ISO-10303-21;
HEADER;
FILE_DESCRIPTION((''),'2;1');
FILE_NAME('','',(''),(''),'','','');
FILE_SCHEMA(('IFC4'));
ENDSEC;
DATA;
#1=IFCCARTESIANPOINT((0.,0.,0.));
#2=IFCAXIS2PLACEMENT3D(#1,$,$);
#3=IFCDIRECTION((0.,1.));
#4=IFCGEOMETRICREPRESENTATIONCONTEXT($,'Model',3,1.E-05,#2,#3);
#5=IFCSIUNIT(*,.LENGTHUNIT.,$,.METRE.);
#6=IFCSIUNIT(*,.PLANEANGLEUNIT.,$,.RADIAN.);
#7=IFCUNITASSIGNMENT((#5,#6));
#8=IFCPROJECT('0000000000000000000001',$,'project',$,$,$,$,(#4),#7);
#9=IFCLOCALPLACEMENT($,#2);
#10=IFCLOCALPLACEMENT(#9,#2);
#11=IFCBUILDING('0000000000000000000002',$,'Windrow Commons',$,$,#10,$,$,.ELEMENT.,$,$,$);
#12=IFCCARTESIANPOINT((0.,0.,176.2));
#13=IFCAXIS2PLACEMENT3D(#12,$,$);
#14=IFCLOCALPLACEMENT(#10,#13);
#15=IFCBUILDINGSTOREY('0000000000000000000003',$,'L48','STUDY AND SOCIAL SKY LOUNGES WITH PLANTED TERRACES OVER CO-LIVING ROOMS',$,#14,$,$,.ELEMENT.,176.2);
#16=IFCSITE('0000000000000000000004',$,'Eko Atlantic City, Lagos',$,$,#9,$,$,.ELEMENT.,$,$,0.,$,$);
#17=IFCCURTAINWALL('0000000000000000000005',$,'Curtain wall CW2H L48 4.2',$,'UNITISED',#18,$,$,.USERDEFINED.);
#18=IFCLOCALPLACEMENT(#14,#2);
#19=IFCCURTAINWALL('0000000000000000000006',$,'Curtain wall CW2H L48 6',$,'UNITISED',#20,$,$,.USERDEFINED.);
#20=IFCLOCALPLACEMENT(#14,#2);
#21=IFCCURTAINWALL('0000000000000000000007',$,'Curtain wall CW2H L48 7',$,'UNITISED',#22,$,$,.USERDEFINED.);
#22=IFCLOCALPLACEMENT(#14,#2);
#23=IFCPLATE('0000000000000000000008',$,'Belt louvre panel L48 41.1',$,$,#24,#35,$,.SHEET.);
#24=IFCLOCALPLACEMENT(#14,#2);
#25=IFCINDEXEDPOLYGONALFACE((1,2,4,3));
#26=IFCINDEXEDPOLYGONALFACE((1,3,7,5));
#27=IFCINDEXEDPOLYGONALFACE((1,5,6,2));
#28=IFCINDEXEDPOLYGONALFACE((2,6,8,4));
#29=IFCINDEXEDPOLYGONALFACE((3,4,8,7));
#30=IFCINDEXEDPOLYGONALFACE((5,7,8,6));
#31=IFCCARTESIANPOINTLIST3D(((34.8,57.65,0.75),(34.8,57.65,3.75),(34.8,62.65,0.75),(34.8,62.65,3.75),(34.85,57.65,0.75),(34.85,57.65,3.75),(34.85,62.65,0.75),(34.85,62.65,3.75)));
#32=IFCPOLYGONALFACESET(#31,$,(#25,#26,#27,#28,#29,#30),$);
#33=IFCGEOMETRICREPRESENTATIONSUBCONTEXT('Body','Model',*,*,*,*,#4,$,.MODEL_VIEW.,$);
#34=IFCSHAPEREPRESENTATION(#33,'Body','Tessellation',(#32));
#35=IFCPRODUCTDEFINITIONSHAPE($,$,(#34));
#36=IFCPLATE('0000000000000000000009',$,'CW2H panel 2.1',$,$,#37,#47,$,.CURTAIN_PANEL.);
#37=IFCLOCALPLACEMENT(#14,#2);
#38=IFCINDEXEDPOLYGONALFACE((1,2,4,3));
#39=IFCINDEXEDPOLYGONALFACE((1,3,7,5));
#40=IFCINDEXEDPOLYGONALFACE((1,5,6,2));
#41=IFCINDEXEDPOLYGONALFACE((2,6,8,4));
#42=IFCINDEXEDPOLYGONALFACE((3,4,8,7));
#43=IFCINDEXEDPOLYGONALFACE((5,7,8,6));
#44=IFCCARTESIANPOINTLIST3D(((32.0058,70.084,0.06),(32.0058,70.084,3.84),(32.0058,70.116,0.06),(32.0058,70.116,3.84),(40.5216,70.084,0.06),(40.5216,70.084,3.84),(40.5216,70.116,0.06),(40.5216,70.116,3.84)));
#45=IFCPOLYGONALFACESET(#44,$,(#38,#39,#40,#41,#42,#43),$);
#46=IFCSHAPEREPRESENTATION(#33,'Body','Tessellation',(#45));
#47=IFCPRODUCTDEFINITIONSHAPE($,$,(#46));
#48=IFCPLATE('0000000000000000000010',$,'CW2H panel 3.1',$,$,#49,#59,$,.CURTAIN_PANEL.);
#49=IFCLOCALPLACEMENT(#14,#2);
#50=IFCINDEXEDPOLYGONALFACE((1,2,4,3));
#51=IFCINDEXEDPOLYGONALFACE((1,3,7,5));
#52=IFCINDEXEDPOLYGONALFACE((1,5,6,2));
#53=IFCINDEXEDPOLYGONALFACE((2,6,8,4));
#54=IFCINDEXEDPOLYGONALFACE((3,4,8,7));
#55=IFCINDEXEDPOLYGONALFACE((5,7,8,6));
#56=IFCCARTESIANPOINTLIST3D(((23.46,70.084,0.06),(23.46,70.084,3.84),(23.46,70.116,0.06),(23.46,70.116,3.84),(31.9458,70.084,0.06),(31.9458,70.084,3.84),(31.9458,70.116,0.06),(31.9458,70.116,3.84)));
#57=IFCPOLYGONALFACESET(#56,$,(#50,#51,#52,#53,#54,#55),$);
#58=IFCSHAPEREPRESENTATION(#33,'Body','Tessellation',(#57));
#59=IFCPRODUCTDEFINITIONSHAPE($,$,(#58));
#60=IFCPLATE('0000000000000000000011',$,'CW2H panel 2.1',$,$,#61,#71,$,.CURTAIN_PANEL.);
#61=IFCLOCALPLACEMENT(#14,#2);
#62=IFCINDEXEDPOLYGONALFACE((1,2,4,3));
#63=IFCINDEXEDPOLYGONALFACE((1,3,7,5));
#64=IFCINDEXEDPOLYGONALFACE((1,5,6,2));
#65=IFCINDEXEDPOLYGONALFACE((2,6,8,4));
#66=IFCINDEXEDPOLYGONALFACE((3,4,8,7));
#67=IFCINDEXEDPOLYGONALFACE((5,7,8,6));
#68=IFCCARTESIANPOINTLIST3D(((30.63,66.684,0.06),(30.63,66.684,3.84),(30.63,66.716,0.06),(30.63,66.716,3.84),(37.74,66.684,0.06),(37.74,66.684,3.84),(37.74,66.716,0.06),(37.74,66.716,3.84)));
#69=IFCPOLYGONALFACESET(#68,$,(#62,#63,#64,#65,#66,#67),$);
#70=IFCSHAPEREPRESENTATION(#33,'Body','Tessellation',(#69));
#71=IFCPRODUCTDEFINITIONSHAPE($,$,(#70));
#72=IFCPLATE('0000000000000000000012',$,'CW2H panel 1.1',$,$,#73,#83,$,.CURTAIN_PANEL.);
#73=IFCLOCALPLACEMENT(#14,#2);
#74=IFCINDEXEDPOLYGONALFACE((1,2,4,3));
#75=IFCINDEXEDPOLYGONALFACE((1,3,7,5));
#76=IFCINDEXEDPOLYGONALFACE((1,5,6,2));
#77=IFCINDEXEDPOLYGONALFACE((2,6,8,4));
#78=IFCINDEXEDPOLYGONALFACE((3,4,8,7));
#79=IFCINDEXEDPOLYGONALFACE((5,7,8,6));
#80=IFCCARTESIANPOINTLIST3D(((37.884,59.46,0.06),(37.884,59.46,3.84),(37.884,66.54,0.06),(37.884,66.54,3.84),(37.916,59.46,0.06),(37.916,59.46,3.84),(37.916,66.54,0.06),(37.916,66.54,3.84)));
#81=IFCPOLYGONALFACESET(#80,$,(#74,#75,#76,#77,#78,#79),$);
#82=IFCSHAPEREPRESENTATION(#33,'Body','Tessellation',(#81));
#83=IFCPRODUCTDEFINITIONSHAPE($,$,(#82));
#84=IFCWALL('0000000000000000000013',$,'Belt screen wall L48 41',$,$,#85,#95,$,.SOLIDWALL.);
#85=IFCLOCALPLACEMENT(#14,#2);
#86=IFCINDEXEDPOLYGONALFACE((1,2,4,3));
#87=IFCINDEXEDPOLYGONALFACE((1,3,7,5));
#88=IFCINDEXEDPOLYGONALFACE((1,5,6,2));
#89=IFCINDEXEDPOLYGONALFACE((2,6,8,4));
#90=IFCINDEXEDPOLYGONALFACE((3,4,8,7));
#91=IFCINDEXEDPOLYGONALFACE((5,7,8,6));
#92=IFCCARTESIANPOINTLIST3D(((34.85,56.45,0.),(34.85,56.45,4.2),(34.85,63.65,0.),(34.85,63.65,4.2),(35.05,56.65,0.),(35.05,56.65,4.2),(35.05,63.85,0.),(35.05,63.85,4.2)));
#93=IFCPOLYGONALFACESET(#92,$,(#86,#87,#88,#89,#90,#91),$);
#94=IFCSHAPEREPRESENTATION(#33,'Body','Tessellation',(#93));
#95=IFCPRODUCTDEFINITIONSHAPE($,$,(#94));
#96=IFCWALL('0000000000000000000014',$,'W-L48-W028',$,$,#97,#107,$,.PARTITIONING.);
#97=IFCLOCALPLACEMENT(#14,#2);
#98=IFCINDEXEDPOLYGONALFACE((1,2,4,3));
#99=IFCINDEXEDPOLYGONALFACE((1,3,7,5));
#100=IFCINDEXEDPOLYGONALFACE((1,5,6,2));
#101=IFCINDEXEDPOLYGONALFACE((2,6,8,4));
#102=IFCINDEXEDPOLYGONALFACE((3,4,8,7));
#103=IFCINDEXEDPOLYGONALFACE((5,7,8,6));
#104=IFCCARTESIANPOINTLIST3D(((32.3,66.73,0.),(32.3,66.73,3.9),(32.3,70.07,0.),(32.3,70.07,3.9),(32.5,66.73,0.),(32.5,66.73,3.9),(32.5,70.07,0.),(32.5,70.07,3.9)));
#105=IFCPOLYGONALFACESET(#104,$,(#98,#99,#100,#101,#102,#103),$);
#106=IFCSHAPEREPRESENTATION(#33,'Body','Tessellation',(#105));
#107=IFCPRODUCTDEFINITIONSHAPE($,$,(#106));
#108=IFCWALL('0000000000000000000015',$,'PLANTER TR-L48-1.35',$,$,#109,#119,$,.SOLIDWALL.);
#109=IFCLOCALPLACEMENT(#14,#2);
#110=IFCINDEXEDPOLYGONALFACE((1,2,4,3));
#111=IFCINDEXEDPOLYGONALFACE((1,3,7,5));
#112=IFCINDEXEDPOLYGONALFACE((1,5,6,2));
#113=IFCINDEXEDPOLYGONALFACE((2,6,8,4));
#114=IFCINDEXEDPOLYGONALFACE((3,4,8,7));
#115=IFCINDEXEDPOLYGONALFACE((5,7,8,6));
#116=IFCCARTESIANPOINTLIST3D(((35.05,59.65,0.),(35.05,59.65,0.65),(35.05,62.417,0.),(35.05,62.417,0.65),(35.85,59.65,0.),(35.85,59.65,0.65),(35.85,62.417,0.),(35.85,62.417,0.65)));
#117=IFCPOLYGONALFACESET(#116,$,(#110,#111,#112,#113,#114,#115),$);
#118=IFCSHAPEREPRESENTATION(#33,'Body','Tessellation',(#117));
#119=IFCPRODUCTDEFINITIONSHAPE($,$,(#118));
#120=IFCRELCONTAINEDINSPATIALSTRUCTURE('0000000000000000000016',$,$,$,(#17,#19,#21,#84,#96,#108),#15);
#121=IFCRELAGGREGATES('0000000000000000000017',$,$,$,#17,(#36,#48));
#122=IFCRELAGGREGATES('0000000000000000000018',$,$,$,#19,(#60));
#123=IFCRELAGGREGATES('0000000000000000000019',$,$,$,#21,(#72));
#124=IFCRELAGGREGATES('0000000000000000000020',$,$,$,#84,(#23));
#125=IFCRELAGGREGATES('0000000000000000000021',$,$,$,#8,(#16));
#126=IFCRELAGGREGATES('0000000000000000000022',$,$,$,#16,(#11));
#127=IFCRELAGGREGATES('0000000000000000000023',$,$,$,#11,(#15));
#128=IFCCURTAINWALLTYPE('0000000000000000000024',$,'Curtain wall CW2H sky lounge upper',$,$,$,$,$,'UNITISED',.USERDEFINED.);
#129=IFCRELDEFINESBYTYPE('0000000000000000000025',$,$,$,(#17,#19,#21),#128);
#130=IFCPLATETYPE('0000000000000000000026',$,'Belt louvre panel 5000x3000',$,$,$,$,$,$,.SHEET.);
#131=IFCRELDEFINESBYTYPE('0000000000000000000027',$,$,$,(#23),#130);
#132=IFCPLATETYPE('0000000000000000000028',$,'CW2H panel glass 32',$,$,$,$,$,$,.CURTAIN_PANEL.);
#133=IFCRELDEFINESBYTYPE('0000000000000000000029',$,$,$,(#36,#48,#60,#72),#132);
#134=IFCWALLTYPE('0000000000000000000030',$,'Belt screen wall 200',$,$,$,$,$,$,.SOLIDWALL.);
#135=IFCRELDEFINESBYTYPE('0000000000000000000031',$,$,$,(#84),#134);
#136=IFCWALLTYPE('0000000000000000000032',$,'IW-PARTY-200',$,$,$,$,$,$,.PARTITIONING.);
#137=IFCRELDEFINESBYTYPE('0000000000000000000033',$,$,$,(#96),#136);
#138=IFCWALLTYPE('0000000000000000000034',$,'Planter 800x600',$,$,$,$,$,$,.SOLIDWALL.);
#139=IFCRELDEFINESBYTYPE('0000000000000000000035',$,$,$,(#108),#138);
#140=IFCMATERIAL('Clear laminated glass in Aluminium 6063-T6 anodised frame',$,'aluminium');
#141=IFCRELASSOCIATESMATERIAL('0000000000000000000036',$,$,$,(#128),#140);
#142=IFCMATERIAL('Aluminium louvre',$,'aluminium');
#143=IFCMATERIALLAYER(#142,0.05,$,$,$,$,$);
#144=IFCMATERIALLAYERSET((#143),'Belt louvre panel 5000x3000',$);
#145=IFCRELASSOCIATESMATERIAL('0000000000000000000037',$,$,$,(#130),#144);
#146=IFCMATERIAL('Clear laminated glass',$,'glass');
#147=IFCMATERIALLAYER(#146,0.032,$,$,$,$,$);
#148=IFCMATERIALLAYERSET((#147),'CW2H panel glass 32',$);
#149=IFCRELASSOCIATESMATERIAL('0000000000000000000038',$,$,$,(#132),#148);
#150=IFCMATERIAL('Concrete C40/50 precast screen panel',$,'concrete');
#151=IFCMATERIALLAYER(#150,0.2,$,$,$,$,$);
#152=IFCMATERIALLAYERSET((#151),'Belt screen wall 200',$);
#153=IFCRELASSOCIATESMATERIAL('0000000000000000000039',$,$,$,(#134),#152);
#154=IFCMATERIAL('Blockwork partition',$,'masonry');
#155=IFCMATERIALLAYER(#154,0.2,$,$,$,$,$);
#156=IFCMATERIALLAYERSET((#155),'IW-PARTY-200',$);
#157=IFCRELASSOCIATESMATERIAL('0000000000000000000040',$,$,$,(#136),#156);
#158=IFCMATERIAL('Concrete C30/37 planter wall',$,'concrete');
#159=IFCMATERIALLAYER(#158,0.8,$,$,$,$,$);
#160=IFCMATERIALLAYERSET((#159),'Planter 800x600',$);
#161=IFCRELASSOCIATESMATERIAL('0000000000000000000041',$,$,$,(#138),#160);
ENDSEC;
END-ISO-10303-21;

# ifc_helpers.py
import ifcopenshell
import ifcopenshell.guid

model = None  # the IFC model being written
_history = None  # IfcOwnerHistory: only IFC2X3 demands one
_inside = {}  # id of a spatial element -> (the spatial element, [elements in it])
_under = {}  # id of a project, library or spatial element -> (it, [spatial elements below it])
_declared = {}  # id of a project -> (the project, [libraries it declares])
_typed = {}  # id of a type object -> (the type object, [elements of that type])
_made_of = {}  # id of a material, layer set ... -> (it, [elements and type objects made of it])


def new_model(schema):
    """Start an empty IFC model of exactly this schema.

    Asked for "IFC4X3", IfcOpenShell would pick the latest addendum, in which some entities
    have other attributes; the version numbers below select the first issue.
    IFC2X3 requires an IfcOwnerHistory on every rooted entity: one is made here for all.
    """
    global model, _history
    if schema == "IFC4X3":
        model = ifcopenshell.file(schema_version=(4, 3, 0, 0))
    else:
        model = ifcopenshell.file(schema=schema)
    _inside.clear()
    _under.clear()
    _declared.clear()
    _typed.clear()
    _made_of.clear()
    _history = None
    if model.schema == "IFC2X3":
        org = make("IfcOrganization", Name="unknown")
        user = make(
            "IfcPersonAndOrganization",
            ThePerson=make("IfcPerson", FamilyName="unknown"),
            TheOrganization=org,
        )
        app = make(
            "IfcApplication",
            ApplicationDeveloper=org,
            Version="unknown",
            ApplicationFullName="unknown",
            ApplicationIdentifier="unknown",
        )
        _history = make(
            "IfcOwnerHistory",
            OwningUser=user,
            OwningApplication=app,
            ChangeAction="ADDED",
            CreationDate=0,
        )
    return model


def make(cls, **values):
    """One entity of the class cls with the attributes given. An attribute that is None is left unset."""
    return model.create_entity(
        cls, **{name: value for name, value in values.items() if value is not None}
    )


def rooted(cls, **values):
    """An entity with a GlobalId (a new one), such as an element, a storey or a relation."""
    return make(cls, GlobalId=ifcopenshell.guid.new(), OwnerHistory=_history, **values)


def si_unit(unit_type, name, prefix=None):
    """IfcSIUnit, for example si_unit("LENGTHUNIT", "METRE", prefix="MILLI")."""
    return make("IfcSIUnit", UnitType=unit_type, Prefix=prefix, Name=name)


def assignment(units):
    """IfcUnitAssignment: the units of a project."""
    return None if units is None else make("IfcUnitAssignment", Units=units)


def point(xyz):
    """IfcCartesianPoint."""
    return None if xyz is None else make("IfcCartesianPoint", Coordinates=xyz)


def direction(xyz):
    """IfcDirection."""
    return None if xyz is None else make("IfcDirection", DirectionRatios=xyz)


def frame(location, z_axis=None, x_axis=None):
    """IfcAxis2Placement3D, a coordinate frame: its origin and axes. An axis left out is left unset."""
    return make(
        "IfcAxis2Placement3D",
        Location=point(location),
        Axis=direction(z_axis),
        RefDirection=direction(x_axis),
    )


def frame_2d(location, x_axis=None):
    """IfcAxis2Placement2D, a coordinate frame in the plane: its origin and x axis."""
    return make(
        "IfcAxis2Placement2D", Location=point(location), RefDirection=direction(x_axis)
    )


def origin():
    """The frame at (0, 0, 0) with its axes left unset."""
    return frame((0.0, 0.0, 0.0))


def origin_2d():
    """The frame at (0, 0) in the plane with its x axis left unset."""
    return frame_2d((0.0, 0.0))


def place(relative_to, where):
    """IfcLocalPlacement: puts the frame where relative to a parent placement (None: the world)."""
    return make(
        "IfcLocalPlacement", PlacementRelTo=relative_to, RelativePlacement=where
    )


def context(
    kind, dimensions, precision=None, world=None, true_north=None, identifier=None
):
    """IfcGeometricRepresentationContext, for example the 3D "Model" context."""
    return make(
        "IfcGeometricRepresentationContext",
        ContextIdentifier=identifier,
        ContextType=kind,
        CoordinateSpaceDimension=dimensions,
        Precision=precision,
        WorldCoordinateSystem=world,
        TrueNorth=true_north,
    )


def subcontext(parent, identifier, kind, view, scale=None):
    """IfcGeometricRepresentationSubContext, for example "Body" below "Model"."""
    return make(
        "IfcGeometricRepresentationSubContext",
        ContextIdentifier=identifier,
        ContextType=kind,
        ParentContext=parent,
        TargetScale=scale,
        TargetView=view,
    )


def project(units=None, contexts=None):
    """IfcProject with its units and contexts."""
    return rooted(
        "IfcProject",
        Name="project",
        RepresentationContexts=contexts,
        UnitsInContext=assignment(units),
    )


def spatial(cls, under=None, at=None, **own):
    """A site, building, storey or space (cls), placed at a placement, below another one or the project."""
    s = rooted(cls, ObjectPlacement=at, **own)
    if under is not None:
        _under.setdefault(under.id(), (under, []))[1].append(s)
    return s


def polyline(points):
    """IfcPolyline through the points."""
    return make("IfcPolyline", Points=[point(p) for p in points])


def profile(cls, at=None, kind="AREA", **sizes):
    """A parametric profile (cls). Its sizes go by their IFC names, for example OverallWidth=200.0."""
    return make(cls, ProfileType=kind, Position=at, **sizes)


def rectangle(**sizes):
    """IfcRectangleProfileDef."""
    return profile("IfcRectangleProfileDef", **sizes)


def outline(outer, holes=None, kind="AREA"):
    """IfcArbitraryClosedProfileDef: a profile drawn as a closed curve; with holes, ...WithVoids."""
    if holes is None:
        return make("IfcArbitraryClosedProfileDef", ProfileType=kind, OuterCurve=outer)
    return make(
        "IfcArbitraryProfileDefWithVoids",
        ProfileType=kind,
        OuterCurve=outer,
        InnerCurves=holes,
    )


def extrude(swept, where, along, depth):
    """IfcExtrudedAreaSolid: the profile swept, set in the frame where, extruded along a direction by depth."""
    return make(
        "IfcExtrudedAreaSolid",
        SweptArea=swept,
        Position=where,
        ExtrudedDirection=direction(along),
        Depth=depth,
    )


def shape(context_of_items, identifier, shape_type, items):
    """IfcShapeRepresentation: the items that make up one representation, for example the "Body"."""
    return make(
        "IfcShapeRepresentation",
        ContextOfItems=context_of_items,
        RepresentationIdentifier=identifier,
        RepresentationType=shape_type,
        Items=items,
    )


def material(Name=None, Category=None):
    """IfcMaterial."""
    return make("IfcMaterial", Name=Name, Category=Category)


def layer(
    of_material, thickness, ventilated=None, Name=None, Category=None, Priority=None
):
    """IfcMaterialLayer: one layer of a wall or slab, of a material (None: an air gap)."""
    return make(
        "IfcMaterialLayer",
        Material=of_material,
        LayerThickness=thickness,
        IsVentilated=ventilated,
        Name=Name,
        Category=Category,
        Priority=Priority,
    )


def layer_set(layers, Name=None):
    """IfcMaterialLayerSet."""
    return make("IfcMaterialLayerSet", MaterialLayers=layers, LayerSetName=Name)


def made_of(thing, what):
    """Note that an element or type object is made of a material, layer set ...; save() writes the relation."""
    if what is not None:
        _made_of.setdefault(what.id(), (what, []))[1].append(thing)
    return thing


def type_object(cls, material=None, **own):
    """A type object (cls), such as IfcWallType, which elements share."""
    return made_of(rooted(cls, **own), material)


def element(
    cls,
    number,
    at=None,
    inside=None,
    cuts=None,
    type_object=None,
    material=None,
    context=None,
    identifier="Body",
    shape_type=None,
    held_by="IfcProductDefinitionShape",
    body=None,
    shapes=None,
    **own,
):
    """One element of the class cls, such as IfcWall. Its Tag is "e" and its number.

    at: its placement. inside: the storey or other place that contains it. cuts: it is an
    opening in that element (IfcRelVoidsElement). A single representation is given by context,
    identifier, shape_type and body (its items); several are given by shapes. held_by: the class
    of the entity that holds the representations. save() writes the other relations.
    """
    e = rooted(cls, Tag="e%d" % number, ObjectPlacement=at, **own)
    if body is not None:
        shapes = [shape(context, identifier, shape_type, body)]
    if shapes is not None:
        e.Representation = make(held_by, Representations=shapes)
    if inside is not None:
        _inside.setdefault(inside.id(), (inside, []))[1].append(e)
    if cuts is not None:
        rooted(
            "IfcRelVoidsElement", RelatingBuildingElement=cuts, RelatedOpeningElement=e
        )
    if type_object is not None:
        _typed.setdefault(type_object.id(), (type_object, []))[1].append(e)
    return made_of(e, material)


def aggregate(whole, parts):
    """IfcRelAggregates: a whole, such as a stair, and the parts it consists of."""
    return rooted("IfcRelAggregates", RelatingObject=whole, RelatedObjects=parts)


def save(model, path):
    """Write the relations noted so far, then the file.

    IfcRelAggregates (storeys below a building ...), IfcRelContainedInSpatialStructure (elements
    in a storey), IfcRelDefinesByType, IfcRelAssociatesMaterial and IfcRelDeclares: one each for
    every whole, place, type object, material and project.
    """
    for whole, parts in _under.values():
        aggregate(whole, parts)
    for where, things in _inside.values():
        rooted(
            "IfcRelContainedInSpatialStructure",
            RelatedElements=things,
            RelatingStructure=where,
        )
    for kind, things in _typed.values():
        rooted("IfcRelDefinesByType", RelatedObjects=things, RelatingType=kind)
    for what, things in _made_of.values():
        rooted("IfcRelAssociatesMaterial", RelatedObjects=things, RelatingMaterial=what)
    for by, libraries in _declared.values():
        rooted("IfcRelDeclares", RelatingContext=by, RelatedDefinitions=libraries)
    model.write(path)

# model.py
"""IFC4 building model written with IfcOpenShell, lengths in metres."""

from ifc_helpers import new_model, si_unit, direction, frame, frame_2d, origin, origin_2d, place, context, subcontext, project, spatial, polyline, rectangle, outline, extrude, material, layer, layer_set, type_object, element, aggregate, save


model = new_model("IFC4")

# Units and contexts
model_context = context("Model", 3, precision=1e-05, world=origin(), true_north=direction((0.0, 1.0)))
body_context = subcontext(model_context, "Body", "Model", "MODEL_VIEW")
ifc_project = project(units=[si_unit("LENGTHUNIT", "METRE"), si_unit("PLANEANGLEUNIT", "RADIAN")], contexts=[model_context])

# Site, building, storey
site_placement = place(None, origin())
site = spatial("IfcSite", under=ifc_project, at=site_placement, Name="Eko Atlantic City, Lagos", CompositionType="ELEMENT", RefElevation=0.0)
building_placement = place(site_placement, origin())
building = spatial("IfcBuilding", under=site, at=building_placement, Name="Windrow Commons", CompositionType="ELEMENT")
storey_placement = place(building_placement, frame((0.0, 0.0, 176.2)))
storey = spatial("IfcBuildingStorey", under=building, at=storey_placement, Name="L48", Description="STUDY AND SOCIAL SKY LOUNGES WITH PLANTED TERRACES OVER CO-LIVING ROOMS", CompositionType="ELEMENT", Elevation=176.2)

# Curtain wall
ifc_material_1 = material(Name="Clear laminated glass in Aluminium 6063-T6 anodised frame", Category="aluminium")
curtain_wall_type = type_object("IfcCurtainWallType", Name="Curtain wall CW2H sky lounge upper", ElementType="UNITISED", PredefinedType="USERDEFINED", material=ifc_material_1)
placement = place(storey_placement, origin())
curtain_wall_1 = element("IfcCurtainWall", 1, at=placement, inside=storey, type_object=curtain_wall_type, Name="Curtain wall CW2H L48 4.2", ObjectType="UNITISED", PredefinedType="USERDEFINED")

# Curtain wall
curtain_wall_2 = element("IfcCurtainWall", 2, at=placement, inside=storey, type_object=curtain_wall_type, Name="Curtain wall CW2H L48 6", ObjectType="UNITISED", PredefinedType="USERDEFINED")

# Curtain wall
curtain_wall_3 = element("IfcCurtainWall", 3, at=placement, inside=storey, type_object=curtain_wall_type, Name="Curtain wall CW2H L48 7", ObjectType="UNITISED", PredefinedType="USERDEFINED")

# Plates
ifc_material_2 = material(Name="Aluminium louvre", Category="aluminium")
ifc_layer_1 = layer(ifc_material_2, 0.05)
ifc_layer_set_1 = layer_set([ifc_layer_1], Name="Belt louvre panel 5000x3000")
plate_type_1 = type_object("IfcPlateType", Name="Belt louvre panel 5000x3000", PredefinedType="SHEET", material=ifc_layer_set_1)
plate_1_placement = place(storey_placement, frame((34.8, 62.65, 0.75), z_axis=(-1.0, 0.0, 0.0), x_axis=(0.0, -1.0, 0.0)))
plate_1 = element("IfcPlate", 4, at=plate_1_placement, type_object=plate_type_1, Name="Belt louvre panel L48 41.1", PredefinedType="SHEET", context=body_context, shape_type="SweptSolid", body=[
    extrude(outline(polyline([(0.0, 0.0), (5.0, 0.0), (5.0, 3.0), (0.0, 3.0), (0.0, 0.0)])), origin(), (0.0, 0.0, -1.0), 0.05),
])
ifc_material_3 = material(Name="Clear laminated glass", Category="glass")
ifc_layer_2 = layer(ifc_material_3, 0.032)
ifc_layer_set_2 = layer_set([ifc_layer_2], Name="CW2H panel glass 32")
plate_type_2 = type_object("IfcPlateType", Name="CW2H panel glass 32", PredefinedType="CURTAIN_PANEL", material=ifc_layer_set_2)
plate_2_placement = place(storey_placement, frame((36.2637, 70.1, 0.06), z_axis=(0.0, 0.0, 1.0), x_axis=(-1.0, 0.0, 0.0)))
plate_2 = element("IfcPlate", 5, at=plate_2_placement, type_object=plate_type_2, Name="CW2H panel 2.1", PredefinedType="CURTAIN_PANEL", context=body_context, shape_type="SweptSolid", body=[
    extrude(rectangle(XDim=8.5158, YDim=0.032, at=origin_2d()), origin(), (0.0, 0.0, 1.0), 3.78),
])
plate_3_placement = place(storey_placement, frame((27.7029, 70.1, 0.06), z_axis=(0.0, 0.0, 1.0), x_axis=(-1.0, 0.0, 0.0)))
plate_3 = element("IfcPlate", 6, at=plate_3_placement, type_object=plate_type_2, Name="CW2H panel 3.1", PredefinedType="CURTAIN_PANEL", context=body_context, shape_type="SweptSolid", body=[
    extrude(rectangle(XDim=8.4858, YDim=0.032, at=origin_2d()), origin(), (0.0, 0.0, 1.0), 3.78),
])
aggregate(curtain_wall_1, [plate_2, plate_3])
plate_4_placement = place(storey_placement, frame((34.185, 66.7, 0.06), z_axis=(0.0, 0.0, 1.0), x_axis=(1.0, 0.0, 0.0)))
plate_4 = element("IfcPlate", 7, at=plate_4_placement, type_object=plate_type_2, Name="CW2H panel 2.1", PredefinedType="CURTAIN_PANEL", context=body_context, shape_type="SweptSolid", body=[
    extrude(rectangle(XDim=7.11, YDim=0.032, at=origin_2d()), origin(), (0.0, 0.0, 1.0), 3.78),
])
aggregate(curtain_wall_2, [plate_4])
plate_5_placement = place(storey_placement, frame((37.9, 63.0, 0.06), z_axis=(0.0, 0.0, 1.0), x_axis=(0.0, -1.0, 0.0)))
plate_5 = element("IfcPlate", 8, at=plate_5_placement, type_object=plate_type_2, Name="CW2H panel 1.1", PredefinedType="CURTAIN_PANEL", context=body_context, shape_type="SweptSolid", body=[
    extrude(rectangle(XDim=7.08, YDim=0.032, at=origin_2d()), origin(), (0.0, 0.0, 1.0), 3.78),
])
aggregate(curtain_wall_3, [plate_5])

# Wall
ifc_material_4 = material(Name="Concrete C40/50 precast screen panel", Category="concrete")
ifc_layer_3 = layer(ifc_material_4, 0.2)
ifc_layer_set_3 = layer_set([ifc_layer_3], Name="Belt screen wall 200")
wall_type_1 = type_object("IfcWallType", Name="Belt screen wall 200", PredefinedType="SOLIDWALL", material=ifc_layer_set_3)
wall_1_placement = place(storey_placement, frame((34.95, 63.75, 0.0), z_axis=(0.0, 0.0, 1.0), x_axis=(0.0, -1.0, 0.0)))
wall_1 = element("IfcWall", 9, at=wall_1_placement, inside=storey, type_object=wall_type_1, Name="Belt screen wall L48 41", PredefinedType="SOLIDWALL", context=body_context, shape_type="SweptSolid", body=[
    extrude(outline(polyline([(0.1, -0.1), (7.3, -0.1), (7.1, 0.1), (-0.1, 0.1), (0.1, -0.1)])), origin(), (0.0, 0.0, 1.0), 4.2),
])
aggregate(wall_1, [plate_1])

# Walls
ifc_material_5 = material(Name="Blockwork partition", Category="masonry")
ifc_layer_4 = layer(ifc_material_5, 0.2)
ifc_layer_set_4 = layer_set([ifc_layer_4], Name="IW-PARTY-200")
wall_type_2 = type_object("IfcWallType", Name="IW-PARTY-200", PredefinedType="PARTITIONING", material=ifc_layer_set_4)
wall_2_placement = place(storey_placement, frame((32.4, 66.73, 0.0), z_axis=(0.0, 0.0, 1.0), x_axis=(0.0, 1.0, 0.0)))
element("IfcWall", 10, at=wall_2_placement, inside=storey, type_object=wall_type_2, Name="W-L48-W028", PredefinedType="PARTITIONING", context=body_context, shape_type="SweptSolid", body=[
    extrude(rectangle(XDim=3.34, YDim=0.2, at=frame_2d((1.67, 0.0))), origin(), (0.0, 0.0, 1.0), 3.9),
])
ifc_material_6 = material(Name="Concrete C30/37 planter wall", Category="concrete")
ifc_layer_5 = layer(ifc_material_6, 0.8)
ifc_layer_set_5 = layer_set([ifc_layer_5], Name="Planter 800x600")
wall_type_3 = type_object("IfcWallType", Name="Planter 800x600", PredefinedType="SOLIDWALL", material=ifc_layer_set_5)
wall_3_placement = place(storey_placement, frame((35.45, 62.417, 0.0), z_axis=(0.0, 0.0, 1.0), x_axis=(0.0, -1.0, 0.0)))
element("IfcWall", 11, at=wall_3_placement, inside=storey, type_object=wall_type_3, Name="PLANTER TR-L48-1.35", PredefinedType="SOLIDWALL", context=body_context, shape_type="SweptSolid", body=[
    extrude(rectangle(XDim=2.767, YDim=0.8, at=frame_2d((1.3835, 0.0))), origin(), (0.0, 0.0, 1.0), 0.65),
])

save(model, "model.ifc")
